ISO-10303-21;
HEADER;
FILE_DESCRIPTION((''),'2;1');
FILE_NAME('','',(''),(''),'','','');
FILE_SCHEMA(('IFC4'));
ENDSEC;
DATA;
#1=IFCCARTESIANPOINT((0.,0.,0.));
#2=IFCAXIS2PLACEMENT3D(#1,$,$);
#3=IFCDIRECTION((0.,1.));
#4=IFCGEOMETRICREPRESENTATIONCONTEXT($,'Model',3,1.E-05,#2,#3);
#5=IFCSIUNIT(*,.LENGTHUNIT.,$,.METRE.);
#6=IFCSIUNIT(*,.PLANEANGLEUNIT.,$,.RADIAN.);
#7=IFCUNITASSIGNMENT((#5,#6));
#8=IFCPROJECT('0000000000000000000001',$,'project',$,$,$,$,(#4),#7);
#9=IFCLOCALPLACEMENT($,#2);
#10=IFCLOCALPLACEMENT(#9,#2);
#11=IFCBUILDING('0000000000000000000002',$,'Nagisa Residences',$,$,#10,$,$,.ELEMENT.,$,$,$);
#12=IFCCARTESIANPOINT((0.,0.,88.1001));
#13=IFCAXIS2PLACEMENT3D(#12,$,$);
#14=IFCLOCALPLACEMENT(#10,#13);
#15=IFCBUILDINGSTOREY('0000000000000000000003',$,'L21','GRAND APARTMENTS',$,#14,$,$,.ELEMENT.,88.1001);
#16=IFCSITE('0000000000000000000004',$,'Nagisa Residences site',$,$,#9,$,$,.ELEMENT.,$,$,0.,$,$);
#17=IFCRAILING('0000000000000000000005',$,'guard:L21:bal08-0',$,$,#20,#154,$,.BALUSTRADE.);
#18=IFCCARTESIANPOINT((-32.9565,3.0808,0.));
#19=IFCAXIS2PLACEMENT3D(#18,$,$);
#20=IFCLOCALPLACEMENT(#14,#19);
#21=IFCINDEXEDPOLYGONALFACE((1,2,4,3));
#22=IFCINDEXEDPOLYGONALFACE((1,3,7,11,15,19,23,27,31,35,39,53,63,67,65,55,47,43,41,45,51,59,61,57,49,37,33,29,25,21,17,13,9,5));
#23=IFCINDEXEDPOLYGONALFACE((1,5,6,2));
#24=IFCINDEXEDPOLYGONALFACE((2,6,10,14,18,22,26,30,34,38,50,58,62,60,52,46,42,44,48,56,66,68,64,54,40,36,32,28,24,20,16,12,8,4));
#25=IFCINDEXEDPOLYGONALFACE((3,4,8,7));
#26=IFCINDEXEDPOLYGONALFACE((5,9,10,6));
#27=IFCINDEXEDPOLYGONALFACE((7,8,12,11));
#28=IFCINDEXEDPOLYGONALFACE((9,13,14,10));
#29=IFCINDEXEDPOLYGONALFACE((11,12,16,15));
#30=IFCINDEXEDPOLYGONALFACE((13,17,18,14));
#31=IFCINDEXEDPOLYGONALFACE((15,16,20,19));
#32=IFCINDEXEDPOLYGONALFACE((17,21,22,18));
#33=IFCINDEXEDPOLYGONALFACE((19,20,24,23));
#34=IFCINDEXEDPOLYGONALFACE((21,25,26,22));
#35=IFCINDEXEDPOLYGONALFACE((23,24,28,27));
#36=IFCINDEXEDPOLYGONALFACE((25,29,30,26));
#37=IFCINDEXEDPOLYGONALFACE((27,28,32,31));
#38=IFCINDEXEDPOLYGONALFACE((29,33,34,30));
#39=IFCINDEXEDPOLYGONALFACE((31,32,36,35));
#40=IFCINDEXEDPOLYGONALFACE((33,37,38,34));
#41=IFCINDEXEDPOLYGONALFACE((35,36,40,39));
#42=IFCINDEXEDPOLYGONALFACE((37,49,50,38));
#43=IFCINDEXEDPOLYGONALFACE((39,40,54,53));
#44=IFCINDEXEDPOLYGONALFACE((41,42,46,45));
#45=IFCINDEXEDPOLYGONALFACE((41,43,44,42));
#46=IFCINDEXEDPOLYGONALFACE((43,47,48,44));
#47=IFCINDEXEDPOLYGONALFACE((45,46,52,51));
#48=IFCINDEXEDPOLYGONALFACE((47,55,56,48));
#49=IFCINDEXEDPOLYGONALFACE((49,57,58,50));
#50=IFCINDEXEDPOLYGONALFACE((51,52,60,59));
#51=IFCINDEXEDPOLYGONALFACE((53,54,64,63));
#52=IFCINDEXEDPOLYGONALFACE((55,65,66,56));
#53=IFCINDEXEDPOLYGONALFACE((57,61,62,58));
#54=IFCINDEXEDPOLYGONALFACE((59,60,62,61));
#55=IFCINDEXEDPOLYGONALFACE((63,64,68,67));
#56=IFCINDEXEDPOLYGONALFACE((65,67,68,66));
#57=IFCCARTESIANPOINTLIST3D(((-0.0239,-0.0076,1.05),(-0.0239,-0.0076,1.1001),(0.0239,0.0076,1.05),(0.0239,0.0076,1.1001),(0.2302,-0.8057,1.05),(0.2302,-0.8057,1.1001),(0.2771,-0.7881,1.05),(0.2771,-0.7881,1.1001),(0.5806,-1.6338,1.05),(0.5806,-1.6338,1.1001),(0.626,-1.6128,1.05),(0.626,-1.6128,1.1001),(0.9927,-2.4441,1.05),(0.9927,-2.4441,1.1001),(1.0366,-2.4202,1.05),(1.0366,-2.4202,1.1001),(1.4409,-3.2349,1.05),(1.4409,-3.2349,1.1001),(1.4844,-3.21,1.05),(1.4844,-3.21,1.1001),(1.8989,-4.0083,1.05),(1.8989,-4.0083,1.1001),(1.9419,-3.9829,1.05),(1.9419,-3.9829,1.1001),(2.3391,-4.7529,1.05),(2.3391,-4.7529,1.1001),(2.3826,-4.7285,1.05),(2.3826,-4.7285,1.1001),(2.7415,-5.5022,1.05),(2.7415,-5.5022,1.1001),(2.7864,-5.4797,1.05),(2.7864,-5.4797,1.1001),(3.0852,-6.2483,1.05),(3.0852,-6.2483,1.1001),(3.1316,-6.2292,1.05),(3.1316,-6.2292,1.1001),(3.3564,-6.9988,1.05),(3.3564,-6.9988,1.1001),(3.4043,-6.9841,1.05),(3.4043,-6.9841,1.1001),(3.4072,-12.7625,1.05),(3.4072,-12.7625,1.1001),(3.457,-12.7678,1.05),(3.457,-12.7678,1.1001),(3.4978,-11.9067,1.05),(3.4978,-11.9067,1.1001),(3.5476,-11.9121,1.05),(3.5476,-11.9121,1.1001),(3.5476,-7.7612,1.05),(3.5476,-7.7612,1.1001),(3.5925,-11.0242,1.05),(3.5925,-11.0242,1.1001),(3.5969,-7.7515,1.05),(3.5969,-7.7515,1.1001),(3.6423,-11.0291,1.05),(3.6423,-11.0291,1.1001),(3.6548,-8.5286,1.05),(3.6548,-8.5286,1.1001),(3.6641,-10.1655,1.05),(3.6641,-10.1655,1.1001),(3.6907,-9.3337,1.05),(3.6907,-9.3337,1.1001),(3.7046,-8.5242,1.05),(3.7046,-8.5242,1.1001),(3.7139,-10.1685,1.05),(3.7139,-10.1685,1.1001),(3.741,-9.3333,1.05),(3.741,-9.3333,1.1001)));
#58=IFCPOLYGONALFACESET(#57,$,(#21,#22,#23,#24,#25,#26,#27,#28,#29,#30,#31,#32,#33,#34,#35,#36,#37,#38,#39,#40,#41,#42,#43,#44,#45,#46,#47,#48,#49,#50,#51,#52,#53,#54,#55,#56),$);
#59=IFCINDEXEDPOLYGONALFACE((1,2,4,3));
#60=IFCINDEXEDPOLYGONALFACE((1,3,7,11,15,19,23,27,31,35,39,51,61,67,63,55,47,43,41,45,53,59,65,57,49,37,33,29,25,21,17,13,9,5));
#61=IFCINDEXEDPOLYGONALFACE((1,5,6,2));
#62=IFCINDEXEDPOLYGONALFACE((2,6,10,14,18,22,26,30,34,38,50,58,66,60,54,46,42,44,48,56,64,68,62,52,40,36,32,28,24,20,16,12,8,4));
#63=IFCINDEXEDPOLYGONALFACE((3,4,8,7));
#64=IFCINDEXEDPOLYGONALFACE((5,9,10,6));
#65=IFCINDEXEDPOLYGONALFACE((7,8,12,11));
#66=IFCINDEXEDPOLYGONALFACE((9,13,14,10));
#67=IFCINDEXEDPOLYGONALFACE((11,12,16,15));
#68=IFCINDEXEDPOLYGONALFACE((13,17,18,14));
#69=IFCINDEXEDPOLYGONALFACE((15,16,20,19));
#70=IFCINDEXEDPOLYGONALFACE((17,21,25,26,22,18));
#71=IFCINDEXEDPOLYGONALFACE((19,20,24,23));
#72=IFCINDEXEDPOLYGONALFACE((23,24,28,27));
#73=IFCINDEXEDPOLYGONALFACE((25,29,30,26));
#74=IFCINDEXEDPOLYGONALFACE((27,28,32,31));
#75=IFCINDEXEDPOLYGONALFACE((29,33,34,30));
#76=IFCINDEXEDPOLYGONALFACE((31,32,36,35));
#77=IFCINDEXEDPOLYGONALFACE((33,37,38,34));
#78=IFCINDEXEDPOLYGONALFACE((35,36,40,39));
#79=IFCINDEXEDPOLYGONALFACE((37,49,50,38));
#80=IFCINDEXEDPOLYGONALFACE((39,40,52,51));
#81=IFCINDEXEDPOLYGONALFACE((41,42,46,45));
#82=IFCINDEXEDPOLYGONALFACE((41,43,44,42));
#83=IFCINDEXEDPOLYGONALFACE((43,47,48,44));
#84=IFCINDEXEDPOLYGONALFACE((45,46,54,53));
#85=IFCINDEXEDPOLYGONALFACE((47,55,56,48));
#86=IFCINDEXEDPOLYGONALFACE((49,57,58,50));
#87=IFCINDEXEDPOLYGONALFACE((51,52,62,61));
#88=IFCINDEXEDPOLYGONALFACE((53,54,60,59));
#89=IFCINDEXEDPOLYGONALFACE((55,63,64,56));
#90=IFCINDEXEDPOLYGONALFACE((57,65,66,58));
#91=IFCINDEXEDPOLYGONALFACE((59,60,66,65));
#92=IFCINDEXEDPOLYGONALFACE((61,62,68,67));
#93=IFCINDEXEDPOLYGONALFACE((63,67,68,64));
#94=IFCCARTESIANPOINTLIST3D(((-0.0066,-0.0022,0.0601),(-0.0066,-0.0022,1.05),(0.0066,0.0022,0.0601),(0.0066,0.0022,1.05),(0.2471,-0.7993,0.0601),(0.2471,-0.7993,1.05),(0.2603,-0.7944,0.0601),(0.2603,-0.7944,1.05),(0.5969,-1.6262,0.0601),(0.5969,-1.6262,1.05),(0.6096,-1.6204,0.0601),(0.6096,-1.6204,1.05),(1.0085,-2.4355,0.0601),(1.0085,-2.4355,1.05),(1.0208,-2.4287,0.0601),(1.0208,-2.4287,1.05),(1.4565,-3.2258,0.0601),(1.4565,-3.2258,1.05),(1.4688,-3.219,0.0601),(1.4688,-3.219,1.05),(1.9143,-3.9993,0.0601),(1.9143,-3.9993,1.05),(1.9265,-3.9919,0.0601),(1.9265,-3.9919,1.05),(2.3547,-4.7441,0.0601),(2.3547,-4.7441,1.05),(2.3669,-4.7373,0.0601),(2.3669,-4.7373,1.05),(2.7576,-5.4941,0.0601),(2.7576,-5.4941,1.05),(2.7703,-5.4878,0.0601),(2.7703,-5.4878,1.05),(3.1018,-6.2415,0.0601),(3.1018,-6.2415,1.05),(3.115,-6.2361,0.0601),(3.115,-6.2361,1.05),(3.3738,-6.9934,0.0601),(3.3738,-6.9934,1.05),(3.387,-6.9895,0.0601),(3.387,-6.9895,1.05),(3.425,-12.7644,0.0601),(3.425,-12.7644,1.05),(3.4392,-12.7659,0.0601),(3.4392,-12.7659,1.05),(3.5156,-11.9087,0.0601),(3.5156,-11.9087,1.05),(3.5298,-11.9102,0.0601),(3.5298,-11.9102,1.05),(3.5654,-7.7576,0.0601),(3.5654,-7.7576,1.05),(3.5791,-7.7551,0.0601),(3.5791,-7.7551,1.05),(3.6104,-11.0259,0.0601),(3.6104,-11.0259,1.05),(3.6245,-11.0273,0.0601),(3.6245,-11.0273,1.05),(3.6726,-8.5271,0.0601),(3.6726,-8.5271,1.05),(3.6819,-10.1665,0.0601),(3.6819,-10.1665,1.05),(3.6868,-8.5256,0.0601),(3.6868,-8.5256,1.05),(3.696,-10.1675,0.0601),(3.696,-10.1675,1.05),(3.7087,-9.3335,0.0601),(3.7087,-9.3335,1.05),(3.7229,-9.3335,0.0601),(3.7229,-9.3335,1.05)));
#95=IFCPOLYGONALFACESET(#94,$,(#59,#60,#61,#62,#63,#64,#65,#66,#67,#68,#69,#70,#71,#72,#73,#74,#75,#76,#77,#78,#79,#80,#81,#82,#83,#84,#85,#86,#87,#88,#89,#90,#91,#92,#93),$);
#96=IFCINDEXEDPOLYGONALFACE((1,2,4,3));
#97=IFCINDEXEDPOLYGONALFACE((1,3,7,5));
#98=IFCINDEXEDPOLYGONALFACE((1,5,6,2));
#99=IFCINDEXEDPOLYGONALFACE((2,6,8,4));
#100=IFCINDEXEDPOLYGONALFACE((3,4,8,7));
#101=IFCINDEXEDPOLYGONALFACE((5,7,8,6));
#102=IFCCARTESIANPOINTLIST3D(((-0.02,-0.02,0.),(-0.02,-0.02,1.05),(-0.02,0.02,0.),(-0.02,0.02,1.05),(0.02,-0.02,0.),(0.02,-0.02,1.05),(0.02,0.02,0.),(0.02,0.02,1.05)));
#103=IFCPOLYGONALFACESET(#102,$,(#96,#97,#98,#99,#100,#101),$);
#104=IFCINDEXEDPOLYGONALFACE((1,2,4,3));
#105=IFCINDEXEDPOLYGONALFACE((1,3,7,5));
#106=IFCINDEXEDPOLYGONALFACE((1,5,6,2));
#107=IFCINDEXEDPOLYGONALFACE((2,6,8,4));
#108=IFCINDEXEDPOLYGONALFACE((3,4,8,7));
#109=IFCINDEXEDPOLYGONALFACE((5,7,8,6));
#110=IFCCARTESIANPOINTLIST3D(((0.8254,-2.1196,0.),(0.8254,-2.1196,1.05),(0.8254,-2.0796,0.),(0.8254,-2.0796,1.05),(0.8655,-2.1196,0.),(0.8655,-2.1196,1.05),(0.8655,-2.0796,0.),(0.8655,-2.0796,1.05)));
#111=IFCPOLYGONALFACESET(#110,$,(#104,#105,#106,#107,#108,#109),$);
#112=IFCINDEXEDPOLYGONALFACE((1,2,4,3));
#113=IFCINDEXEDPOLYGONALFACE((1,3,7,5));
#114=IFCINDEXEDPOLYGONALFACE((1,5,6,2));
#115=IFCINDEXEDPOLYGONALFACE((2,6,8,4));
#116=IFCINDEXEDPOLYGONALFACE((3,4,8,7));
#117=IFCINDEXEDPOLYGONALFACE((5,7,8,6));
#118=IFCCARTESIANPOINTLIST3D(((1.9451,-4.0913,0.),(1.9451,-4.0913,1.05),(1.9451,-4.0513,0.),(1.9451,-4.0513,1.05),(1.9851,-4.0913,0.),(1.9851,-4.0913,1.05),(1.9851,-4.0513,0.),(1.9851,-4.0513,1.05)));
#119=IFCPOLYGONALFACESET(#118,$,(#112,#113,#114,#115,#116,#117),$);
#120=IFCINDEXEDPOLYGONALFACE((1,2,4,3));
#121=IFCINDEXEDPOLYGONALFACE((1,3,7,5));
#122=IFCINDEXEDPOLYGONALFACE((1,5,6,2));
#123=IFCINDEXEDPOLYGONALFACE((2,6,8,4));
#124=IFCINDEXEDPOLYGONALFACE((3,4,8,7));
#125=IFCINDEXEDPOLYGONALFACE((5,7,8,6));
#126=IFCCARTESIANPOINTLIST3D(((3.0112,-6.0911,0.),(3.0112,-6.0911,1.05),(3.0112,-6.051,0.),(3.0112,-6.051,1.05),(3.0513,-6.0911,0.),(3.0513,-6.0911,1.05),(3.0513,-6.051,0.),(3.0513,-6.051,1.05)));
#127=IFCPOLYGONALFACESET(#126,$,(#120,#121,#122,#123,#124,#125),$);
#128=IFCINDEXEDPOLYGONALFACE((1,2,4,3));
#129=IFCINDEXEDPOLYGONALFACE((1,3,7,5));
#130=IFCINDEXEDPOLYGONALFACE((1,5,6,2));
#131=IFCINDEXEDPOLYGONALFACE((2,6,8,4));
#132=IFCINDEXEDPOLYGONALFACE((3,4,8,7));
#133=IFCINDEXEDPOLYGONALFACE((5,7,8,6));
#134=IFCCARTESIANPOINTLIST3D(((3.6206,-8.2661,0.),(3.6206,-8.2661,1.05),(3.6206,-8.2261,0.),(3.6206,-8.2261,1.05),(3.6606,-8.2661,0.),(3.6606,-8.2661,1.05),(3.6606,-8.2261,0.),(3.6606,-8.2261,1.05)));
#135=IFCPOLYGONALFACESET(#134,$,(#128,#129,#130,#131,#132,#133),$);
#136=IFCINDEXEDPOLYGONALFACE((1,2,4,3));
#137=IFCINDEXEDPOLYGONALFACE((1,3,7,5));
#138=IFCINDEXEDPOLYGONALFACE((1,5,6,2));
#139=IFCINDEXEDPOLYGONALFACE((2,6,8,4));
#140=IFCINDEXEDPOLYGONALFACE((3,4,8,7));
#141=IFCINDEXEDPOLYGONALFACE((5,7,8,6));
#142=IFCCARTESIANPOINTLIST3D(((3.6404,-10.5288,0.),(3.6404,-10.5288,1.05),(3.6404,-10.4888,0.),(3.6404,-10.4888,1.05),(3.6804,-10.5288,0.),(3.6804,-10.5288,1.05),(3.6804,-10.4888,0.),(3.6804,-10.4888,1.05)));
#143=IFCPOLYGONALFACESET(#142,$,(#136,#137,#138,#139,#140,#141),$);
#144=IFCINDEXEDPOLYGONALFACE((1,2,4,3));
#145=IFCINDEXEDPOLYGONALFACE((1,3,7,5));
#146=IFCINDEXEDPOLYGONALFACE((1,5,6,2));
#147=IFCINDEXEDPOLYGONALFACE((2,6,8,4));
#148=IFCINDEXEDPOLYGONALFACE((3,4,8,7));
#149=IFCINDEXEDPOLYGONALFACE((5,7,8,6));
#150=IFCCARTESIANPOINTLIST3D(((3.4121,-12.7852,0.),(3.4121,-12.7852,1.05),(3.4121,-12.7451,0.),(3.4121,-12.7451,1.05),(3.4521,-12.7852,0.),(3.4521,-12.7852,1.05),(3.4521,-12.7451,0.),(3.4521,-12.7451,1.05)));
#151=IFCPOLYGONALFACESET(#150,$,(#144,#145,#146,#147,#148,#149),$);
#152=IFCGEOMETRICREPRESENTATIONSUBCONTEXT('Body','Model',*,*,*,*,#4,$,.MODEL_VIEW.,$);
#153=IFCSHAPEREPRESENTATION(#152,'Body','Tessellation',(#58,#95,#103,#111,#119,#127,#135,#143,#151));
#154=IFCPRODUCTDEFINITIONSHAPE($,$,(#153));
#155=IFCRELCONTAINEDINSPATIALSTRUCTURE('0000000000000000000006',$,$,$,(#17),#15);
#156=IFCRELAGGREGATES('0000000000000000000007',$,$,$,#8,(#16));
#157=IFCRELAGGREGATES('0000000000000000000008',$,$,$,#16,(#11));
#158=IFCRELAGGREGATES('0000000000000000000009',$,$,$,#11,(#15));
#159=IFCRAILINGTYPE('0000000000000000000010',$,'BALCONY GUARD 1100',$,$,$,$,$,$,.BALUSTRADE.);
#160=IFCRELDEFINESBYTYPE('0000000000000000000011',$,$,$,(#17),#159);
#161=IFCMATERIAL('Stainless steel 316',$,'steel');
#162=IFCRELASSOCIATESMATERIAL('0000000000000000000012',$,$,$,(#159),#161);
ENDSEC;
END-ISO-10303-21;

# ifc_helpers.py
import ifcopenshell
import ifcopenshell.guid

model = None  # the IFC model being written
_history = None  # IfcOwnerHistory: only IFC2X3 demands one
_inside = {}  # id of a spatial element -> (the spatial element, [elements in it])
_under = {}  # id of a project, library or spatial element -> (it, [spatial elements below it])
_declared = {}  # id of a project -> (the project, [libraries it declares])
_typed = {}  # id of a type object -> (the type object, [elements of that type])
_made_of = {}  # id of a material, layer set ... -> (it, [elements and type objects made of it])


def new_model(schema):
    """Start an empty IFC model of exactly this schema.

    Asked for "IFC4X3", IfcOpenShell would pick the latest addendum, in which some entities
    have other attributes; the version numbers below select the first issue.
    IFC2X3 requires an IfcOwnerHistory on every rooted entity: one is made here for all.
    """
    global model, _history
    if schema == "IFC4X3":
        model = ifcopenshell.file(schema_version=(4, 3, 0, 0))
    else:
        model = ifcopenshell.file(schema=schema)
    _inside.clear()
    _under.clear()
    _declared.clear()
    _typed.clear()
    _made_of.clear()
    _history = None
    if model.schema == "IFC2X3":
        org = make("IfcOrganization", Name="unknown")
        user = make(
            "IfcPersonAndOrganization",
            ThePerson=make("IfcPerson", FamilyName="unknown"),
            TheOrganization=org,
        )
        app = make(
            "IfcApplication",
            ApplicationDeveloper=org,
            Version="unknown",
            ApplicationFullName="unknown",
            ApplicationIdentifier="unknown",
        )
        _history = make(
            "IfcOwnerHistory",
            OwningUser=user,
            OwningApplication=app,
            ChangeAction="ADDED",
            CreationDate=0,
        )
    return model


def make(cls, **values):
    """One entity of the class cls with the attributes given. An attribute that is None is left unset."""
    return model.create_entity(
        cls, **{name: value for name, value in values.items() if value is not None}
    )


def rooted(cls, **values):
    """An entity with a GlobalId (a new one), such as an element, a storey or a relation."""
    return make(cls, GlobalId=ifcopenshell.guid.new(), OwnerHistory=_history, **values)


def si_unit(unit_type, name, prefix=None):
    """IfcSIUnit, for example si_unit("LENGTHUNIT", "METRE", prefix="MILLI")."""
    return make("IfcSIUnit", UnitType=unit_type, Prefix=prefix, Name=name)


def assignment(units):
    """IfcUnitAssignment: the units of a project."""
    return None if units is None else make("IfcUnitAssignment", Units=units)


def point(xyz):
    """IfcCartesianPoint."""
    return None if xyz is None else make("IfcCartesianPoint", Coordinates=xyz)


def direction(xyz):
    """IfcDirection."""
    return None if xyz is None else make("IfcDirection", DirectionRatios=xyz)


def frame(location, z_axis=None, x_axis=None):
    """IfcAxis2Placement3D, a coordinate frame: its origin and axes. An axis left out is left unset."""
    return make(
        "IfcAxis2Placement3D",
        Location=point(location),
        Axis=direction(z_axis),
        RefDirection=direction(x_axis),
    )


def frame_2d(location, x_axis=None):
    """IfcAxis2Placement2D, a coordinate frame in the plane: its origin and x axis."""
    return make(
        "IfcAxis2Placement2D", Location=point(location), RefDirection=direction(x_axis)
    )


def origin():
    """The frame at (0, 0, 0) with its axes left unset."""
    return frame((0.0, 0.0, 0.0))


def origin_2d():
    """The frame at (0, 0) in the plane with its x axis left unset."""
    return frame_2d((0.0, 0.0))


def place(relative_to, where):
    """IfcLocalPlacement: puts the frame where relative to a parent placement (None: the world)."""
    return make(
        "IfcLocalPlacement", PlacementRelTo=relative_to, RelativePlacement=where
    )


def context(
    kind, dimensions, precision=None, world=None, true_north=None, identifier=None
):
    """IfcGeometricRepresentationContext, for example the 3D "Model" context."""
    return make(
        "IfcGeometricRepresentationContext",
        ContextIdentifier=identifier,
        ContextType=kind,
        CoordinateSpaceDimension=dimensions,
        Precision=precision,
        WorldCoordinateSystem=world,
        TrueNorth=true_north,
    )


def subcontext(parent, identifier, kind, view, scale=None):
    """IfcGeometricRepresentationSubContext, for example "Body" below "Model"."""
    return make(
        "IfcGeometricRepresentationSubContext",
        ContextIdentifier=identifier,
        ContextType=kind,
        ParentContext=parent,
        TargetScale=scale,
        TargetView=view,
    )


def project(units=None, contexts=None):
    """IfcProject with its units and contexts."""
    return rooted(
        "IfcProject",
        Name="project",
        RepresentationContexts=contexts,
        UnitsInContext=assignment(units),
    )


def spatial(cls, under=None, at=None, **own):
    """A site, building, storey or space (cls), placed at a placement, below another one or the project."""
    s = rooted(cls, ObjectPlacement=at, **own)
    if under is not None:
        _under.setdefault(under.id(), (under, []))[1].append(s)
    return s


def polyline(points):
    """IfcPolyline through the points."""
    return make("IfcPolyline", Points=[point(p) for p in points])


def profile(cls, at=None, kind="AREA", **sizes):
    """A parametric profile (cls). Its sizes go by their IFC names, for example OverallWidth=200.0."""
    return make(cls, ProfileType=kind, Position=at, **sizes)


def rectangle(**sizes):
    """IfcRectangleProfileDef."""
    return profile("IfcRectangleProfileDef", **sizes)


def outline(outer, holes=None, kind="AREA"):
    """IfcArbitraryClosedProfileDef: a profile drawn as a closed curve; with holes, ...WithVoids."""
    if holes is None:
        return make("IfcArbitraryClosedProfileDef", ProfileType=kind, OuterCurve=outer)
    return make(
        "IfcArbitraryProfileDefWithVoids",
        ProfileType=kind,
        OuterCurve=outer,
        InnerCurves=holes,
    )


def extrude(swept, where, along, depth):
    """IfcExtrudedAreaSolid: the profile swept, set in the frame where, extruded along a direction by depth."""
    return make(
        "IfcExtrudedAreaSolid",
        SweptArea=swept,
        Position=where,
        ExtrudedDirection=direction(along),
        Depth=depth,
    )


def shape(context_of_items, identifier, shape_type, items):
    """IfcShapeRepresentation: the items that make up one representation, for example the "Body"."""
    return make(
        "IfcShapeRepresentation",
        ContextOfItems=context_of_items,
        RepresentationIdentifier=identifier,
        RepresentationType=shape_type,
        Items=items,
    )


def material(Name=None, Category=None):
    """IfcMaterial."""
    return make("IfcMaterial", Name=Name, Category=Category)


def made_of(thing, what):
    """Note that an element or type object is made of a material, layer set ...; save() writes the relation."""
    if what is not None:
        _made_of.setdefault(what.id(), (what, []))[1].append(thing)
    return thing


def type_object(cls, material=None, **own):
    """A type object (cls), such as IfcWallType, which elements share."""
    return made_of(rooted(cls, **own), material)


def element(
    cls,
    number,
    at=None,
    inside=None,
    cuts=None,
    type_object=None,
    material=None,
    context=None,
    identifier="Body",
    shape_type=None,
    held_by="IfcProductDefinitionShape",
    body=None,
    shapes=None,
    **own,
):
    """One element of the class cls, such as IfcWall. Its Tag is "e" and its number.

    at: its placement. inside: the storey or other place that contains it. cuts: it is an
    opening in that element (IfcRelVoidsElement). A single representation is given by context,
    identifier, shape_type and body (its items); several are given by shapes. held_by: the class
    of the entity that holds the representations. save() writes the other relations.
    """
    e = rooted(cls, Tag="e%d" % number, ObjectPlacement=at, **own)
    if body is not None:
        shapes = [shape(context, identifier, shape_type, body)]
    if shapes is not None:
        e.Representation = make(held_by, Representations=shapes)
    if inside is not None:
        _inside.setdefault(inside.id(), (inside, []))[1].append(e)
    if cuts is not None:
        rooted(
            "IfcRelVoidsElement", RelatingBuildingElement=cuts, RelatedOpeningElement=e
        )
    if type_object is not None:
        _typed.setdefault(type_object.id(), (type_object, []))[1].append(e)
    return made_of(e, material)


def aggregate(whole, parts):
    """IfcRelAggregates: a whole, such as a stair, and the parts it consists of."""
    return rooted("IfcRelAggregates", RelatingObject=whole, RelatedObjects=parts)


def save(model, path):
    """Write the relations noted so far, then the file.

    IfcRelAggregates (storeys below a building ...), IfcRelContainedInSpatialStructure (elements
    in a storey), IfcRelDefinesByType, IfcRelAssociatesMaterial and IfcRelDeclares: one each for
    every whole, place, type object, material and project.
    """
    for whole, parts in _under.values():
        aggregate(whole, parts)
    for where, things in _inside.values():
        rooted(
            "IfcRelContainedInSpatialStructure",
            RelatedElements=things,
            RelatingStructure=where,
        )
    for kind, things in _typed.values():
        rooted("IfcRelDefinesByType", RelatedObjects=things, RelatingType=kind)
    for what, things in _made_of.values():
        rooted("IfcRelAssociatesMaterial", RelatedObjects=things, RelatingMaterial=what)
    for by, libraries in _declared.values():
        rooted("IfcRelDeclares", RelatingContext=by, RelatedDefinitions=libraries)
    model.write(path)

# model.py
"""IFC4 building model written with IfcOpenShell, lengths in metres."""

from ifc_helpers import new_model, si_unit, direction, frame, origin, origin_2d, place, context, subcontext, project, spatial, polyline, rectangle, outline, extrude, material, type_object, element, save


model = new_model("IFC4")

# Units and contexts
model_context = context("Model", 3, precision=1e-05, world=origin(), true_north=direction((0.0, 1.0)))
body_context = subcontext(model_context, "Body", "Model", "MODEL_VIEW")
ifc_project = project(units=[si_unit("LENGTHUNIT", "METRE"), si_unit("PLANEANGLEUNIT", "RADIAN")], contexts=[model_context])

# Site, building, storey
site_placement = place(None, origin())
site = spatial("IfcSite", under=ifc_project, at=site_placement, Name="Nagisa Residences site", CompositionType="ELEMENT", RefElevation=0.0)
building_placement = place(site_placement, origin())
building = spatial("IfcBuilding", under=site, at=building_placement, Name="Nagisa Residences", CompositionType="ELEMENT")
storey_placement = place(building_placement, frame((0.0, 0.0, 88.1001)))
storey = spatial("IfcBuildingStorey", under=building, at=storey_placement, Name="L21", Description="GRAND APARTMENTS", CompositionType="ELEMENT", Elevation=88.1001)

# Railing
ifc_material_1 = material(Name="Stainless steel 316", Category="steel")
railing_type = type_object("IfcRailingType", Name="BALCONY GUARD 1100", PredefinedType="BALUSTRADE", material=ifc_material_1)
railing_1_placement = place(storey_placement, frame((-32.9565, 3.0808, 0.0)))
element("IfcRailing", 1, at=railing_1_placement, inside=storey, type_object=railing_type, Name="guard:L21:bal08-0", PredefinedType="BALUSTRADE", context=body_context, shape_type="SweptSolid", body=[
    extrude(outline(polyline([(0.2771, -0.7881), (0.0239, 0.0076), (-0.0239, -0.0076), (0.2302, -0.8057), (0.5806, -1.6338), (0.9927, -2.4441), (1.4409, -3.2349), (1.8989, -4.0083), (2.3391, -4.7529), (2.7415, -5.5022), (3.0852, -6.2483), (3.3564, -6.9988), (3.5476, -7.7612), (3.6548, -8.5286), (3.6907, -9.3337), (3.6641, -10.1655), (3.5925, -11.0242), (3.4978, -11.9067), (3.4072, -12.7625), (3.457, -12.7678), (3.5476, -11.9121), (3.6423, -11.0291), (3.7139, -10.1685), (3.741, -9.3333), (3.7046, -8.5242), (3.5969, -7.7515), (3.4043, -6.9841), (3.1316, -6.2292), (2.7864, -5.4797), (2.3826, -4.7285), (1.9419, -3.9829), (1.4844, -3.21), (1.0366, -2.4202), (0.626, -1.6128), (0.2771, -0.7881)])), frame((0.0, 0.0, 1.05)), (0.0, 0.0, 1.0), 0.05),
    extrude(outline(polyline([(0.2603, -0.7944), (0.0066, 0.0022), (-0.0066, -0.0022), (0.2471, -0.7993), (0.5969, -1.6262), (1.0085, -2.4355), (1.4565, -3.2258), (1.9143, -3.9993), (2.3547, -4.7441), (2.7576, -5.4941), (3.1018, -6.2415), (3.3738, -6.9934), (3.5654, -7.7576), (3.6726, -8.5271), (3.7087, -9.3335), (3.6819, -10.1665), (3.6104, -11.0259), (3.5156, -11.9087), (3.425, -12.7644), (3.4392, -12.7659), (3.5298, -11.9102), (3.6245, -11.0273), (3.696, -10.1675), (3.7229, -9.3335), (3.6868, -8.5256), (3.5791, -7.7551), (3.387, -6.9895), (3.115, -6.2361), (2.7703, -5.4878), (2.3669, -4.7373), (1.9265, -3.9919), (1.4688, -3.219), (1.0208, -2.4287), (0.6096, -1.6204), (0.2603, -0.7944)])), frame((0.0, 0.0, 0.0601)), (0.0, 0.0, 1.0), 0.99),
    extrude(rectangle(XDim=0.04, YDim=0.04, at=origin_2d()), origin(), (0.0, 0.0, 1.0), 1.05),
    extrude(rectangle(XDim=0.04, YDim=0.04, at=origin_2d()), frame((0.8455, -2.0996, 0.0)), (0.0, 0.0, 1.0), 1.05),
    extrude(rectangle(XDim=0.04, YDim=0.04, at=origin_2d()), frame((1.9651, -4.0713, 0.0)), (0.0, 0.0, 1.0), 1.05),
    extrude(rectangle(XDim=0.04, YDim=0.04, at=origin_2d()), frame((3.0312, -6.071, 0.0)), (0.0, 0.0, 1.0), 1.05),
    extrude(rectangle(XDim=0.04, YDim=0.04, at=origin_2d()), frame((3.6406, -8.2461, 0.0)), (0.0, 0.0, 1.0), 1.05),
    extrude(rectangle(XDim=0.04, YDim=0.04, at=origin_2d()), frame((3.6604, -10.5088, 0.0)), (0.0, 0.0, 1.0), 1.05),
    extrude(rectangle(XDim=0.04, YDim=0.04, at=origin_2d()), frame((3.4321, -12.7651, 0.0)), (0.0, 0.0, 1.0), 1.05),
])

save(model, "model.ifc")
